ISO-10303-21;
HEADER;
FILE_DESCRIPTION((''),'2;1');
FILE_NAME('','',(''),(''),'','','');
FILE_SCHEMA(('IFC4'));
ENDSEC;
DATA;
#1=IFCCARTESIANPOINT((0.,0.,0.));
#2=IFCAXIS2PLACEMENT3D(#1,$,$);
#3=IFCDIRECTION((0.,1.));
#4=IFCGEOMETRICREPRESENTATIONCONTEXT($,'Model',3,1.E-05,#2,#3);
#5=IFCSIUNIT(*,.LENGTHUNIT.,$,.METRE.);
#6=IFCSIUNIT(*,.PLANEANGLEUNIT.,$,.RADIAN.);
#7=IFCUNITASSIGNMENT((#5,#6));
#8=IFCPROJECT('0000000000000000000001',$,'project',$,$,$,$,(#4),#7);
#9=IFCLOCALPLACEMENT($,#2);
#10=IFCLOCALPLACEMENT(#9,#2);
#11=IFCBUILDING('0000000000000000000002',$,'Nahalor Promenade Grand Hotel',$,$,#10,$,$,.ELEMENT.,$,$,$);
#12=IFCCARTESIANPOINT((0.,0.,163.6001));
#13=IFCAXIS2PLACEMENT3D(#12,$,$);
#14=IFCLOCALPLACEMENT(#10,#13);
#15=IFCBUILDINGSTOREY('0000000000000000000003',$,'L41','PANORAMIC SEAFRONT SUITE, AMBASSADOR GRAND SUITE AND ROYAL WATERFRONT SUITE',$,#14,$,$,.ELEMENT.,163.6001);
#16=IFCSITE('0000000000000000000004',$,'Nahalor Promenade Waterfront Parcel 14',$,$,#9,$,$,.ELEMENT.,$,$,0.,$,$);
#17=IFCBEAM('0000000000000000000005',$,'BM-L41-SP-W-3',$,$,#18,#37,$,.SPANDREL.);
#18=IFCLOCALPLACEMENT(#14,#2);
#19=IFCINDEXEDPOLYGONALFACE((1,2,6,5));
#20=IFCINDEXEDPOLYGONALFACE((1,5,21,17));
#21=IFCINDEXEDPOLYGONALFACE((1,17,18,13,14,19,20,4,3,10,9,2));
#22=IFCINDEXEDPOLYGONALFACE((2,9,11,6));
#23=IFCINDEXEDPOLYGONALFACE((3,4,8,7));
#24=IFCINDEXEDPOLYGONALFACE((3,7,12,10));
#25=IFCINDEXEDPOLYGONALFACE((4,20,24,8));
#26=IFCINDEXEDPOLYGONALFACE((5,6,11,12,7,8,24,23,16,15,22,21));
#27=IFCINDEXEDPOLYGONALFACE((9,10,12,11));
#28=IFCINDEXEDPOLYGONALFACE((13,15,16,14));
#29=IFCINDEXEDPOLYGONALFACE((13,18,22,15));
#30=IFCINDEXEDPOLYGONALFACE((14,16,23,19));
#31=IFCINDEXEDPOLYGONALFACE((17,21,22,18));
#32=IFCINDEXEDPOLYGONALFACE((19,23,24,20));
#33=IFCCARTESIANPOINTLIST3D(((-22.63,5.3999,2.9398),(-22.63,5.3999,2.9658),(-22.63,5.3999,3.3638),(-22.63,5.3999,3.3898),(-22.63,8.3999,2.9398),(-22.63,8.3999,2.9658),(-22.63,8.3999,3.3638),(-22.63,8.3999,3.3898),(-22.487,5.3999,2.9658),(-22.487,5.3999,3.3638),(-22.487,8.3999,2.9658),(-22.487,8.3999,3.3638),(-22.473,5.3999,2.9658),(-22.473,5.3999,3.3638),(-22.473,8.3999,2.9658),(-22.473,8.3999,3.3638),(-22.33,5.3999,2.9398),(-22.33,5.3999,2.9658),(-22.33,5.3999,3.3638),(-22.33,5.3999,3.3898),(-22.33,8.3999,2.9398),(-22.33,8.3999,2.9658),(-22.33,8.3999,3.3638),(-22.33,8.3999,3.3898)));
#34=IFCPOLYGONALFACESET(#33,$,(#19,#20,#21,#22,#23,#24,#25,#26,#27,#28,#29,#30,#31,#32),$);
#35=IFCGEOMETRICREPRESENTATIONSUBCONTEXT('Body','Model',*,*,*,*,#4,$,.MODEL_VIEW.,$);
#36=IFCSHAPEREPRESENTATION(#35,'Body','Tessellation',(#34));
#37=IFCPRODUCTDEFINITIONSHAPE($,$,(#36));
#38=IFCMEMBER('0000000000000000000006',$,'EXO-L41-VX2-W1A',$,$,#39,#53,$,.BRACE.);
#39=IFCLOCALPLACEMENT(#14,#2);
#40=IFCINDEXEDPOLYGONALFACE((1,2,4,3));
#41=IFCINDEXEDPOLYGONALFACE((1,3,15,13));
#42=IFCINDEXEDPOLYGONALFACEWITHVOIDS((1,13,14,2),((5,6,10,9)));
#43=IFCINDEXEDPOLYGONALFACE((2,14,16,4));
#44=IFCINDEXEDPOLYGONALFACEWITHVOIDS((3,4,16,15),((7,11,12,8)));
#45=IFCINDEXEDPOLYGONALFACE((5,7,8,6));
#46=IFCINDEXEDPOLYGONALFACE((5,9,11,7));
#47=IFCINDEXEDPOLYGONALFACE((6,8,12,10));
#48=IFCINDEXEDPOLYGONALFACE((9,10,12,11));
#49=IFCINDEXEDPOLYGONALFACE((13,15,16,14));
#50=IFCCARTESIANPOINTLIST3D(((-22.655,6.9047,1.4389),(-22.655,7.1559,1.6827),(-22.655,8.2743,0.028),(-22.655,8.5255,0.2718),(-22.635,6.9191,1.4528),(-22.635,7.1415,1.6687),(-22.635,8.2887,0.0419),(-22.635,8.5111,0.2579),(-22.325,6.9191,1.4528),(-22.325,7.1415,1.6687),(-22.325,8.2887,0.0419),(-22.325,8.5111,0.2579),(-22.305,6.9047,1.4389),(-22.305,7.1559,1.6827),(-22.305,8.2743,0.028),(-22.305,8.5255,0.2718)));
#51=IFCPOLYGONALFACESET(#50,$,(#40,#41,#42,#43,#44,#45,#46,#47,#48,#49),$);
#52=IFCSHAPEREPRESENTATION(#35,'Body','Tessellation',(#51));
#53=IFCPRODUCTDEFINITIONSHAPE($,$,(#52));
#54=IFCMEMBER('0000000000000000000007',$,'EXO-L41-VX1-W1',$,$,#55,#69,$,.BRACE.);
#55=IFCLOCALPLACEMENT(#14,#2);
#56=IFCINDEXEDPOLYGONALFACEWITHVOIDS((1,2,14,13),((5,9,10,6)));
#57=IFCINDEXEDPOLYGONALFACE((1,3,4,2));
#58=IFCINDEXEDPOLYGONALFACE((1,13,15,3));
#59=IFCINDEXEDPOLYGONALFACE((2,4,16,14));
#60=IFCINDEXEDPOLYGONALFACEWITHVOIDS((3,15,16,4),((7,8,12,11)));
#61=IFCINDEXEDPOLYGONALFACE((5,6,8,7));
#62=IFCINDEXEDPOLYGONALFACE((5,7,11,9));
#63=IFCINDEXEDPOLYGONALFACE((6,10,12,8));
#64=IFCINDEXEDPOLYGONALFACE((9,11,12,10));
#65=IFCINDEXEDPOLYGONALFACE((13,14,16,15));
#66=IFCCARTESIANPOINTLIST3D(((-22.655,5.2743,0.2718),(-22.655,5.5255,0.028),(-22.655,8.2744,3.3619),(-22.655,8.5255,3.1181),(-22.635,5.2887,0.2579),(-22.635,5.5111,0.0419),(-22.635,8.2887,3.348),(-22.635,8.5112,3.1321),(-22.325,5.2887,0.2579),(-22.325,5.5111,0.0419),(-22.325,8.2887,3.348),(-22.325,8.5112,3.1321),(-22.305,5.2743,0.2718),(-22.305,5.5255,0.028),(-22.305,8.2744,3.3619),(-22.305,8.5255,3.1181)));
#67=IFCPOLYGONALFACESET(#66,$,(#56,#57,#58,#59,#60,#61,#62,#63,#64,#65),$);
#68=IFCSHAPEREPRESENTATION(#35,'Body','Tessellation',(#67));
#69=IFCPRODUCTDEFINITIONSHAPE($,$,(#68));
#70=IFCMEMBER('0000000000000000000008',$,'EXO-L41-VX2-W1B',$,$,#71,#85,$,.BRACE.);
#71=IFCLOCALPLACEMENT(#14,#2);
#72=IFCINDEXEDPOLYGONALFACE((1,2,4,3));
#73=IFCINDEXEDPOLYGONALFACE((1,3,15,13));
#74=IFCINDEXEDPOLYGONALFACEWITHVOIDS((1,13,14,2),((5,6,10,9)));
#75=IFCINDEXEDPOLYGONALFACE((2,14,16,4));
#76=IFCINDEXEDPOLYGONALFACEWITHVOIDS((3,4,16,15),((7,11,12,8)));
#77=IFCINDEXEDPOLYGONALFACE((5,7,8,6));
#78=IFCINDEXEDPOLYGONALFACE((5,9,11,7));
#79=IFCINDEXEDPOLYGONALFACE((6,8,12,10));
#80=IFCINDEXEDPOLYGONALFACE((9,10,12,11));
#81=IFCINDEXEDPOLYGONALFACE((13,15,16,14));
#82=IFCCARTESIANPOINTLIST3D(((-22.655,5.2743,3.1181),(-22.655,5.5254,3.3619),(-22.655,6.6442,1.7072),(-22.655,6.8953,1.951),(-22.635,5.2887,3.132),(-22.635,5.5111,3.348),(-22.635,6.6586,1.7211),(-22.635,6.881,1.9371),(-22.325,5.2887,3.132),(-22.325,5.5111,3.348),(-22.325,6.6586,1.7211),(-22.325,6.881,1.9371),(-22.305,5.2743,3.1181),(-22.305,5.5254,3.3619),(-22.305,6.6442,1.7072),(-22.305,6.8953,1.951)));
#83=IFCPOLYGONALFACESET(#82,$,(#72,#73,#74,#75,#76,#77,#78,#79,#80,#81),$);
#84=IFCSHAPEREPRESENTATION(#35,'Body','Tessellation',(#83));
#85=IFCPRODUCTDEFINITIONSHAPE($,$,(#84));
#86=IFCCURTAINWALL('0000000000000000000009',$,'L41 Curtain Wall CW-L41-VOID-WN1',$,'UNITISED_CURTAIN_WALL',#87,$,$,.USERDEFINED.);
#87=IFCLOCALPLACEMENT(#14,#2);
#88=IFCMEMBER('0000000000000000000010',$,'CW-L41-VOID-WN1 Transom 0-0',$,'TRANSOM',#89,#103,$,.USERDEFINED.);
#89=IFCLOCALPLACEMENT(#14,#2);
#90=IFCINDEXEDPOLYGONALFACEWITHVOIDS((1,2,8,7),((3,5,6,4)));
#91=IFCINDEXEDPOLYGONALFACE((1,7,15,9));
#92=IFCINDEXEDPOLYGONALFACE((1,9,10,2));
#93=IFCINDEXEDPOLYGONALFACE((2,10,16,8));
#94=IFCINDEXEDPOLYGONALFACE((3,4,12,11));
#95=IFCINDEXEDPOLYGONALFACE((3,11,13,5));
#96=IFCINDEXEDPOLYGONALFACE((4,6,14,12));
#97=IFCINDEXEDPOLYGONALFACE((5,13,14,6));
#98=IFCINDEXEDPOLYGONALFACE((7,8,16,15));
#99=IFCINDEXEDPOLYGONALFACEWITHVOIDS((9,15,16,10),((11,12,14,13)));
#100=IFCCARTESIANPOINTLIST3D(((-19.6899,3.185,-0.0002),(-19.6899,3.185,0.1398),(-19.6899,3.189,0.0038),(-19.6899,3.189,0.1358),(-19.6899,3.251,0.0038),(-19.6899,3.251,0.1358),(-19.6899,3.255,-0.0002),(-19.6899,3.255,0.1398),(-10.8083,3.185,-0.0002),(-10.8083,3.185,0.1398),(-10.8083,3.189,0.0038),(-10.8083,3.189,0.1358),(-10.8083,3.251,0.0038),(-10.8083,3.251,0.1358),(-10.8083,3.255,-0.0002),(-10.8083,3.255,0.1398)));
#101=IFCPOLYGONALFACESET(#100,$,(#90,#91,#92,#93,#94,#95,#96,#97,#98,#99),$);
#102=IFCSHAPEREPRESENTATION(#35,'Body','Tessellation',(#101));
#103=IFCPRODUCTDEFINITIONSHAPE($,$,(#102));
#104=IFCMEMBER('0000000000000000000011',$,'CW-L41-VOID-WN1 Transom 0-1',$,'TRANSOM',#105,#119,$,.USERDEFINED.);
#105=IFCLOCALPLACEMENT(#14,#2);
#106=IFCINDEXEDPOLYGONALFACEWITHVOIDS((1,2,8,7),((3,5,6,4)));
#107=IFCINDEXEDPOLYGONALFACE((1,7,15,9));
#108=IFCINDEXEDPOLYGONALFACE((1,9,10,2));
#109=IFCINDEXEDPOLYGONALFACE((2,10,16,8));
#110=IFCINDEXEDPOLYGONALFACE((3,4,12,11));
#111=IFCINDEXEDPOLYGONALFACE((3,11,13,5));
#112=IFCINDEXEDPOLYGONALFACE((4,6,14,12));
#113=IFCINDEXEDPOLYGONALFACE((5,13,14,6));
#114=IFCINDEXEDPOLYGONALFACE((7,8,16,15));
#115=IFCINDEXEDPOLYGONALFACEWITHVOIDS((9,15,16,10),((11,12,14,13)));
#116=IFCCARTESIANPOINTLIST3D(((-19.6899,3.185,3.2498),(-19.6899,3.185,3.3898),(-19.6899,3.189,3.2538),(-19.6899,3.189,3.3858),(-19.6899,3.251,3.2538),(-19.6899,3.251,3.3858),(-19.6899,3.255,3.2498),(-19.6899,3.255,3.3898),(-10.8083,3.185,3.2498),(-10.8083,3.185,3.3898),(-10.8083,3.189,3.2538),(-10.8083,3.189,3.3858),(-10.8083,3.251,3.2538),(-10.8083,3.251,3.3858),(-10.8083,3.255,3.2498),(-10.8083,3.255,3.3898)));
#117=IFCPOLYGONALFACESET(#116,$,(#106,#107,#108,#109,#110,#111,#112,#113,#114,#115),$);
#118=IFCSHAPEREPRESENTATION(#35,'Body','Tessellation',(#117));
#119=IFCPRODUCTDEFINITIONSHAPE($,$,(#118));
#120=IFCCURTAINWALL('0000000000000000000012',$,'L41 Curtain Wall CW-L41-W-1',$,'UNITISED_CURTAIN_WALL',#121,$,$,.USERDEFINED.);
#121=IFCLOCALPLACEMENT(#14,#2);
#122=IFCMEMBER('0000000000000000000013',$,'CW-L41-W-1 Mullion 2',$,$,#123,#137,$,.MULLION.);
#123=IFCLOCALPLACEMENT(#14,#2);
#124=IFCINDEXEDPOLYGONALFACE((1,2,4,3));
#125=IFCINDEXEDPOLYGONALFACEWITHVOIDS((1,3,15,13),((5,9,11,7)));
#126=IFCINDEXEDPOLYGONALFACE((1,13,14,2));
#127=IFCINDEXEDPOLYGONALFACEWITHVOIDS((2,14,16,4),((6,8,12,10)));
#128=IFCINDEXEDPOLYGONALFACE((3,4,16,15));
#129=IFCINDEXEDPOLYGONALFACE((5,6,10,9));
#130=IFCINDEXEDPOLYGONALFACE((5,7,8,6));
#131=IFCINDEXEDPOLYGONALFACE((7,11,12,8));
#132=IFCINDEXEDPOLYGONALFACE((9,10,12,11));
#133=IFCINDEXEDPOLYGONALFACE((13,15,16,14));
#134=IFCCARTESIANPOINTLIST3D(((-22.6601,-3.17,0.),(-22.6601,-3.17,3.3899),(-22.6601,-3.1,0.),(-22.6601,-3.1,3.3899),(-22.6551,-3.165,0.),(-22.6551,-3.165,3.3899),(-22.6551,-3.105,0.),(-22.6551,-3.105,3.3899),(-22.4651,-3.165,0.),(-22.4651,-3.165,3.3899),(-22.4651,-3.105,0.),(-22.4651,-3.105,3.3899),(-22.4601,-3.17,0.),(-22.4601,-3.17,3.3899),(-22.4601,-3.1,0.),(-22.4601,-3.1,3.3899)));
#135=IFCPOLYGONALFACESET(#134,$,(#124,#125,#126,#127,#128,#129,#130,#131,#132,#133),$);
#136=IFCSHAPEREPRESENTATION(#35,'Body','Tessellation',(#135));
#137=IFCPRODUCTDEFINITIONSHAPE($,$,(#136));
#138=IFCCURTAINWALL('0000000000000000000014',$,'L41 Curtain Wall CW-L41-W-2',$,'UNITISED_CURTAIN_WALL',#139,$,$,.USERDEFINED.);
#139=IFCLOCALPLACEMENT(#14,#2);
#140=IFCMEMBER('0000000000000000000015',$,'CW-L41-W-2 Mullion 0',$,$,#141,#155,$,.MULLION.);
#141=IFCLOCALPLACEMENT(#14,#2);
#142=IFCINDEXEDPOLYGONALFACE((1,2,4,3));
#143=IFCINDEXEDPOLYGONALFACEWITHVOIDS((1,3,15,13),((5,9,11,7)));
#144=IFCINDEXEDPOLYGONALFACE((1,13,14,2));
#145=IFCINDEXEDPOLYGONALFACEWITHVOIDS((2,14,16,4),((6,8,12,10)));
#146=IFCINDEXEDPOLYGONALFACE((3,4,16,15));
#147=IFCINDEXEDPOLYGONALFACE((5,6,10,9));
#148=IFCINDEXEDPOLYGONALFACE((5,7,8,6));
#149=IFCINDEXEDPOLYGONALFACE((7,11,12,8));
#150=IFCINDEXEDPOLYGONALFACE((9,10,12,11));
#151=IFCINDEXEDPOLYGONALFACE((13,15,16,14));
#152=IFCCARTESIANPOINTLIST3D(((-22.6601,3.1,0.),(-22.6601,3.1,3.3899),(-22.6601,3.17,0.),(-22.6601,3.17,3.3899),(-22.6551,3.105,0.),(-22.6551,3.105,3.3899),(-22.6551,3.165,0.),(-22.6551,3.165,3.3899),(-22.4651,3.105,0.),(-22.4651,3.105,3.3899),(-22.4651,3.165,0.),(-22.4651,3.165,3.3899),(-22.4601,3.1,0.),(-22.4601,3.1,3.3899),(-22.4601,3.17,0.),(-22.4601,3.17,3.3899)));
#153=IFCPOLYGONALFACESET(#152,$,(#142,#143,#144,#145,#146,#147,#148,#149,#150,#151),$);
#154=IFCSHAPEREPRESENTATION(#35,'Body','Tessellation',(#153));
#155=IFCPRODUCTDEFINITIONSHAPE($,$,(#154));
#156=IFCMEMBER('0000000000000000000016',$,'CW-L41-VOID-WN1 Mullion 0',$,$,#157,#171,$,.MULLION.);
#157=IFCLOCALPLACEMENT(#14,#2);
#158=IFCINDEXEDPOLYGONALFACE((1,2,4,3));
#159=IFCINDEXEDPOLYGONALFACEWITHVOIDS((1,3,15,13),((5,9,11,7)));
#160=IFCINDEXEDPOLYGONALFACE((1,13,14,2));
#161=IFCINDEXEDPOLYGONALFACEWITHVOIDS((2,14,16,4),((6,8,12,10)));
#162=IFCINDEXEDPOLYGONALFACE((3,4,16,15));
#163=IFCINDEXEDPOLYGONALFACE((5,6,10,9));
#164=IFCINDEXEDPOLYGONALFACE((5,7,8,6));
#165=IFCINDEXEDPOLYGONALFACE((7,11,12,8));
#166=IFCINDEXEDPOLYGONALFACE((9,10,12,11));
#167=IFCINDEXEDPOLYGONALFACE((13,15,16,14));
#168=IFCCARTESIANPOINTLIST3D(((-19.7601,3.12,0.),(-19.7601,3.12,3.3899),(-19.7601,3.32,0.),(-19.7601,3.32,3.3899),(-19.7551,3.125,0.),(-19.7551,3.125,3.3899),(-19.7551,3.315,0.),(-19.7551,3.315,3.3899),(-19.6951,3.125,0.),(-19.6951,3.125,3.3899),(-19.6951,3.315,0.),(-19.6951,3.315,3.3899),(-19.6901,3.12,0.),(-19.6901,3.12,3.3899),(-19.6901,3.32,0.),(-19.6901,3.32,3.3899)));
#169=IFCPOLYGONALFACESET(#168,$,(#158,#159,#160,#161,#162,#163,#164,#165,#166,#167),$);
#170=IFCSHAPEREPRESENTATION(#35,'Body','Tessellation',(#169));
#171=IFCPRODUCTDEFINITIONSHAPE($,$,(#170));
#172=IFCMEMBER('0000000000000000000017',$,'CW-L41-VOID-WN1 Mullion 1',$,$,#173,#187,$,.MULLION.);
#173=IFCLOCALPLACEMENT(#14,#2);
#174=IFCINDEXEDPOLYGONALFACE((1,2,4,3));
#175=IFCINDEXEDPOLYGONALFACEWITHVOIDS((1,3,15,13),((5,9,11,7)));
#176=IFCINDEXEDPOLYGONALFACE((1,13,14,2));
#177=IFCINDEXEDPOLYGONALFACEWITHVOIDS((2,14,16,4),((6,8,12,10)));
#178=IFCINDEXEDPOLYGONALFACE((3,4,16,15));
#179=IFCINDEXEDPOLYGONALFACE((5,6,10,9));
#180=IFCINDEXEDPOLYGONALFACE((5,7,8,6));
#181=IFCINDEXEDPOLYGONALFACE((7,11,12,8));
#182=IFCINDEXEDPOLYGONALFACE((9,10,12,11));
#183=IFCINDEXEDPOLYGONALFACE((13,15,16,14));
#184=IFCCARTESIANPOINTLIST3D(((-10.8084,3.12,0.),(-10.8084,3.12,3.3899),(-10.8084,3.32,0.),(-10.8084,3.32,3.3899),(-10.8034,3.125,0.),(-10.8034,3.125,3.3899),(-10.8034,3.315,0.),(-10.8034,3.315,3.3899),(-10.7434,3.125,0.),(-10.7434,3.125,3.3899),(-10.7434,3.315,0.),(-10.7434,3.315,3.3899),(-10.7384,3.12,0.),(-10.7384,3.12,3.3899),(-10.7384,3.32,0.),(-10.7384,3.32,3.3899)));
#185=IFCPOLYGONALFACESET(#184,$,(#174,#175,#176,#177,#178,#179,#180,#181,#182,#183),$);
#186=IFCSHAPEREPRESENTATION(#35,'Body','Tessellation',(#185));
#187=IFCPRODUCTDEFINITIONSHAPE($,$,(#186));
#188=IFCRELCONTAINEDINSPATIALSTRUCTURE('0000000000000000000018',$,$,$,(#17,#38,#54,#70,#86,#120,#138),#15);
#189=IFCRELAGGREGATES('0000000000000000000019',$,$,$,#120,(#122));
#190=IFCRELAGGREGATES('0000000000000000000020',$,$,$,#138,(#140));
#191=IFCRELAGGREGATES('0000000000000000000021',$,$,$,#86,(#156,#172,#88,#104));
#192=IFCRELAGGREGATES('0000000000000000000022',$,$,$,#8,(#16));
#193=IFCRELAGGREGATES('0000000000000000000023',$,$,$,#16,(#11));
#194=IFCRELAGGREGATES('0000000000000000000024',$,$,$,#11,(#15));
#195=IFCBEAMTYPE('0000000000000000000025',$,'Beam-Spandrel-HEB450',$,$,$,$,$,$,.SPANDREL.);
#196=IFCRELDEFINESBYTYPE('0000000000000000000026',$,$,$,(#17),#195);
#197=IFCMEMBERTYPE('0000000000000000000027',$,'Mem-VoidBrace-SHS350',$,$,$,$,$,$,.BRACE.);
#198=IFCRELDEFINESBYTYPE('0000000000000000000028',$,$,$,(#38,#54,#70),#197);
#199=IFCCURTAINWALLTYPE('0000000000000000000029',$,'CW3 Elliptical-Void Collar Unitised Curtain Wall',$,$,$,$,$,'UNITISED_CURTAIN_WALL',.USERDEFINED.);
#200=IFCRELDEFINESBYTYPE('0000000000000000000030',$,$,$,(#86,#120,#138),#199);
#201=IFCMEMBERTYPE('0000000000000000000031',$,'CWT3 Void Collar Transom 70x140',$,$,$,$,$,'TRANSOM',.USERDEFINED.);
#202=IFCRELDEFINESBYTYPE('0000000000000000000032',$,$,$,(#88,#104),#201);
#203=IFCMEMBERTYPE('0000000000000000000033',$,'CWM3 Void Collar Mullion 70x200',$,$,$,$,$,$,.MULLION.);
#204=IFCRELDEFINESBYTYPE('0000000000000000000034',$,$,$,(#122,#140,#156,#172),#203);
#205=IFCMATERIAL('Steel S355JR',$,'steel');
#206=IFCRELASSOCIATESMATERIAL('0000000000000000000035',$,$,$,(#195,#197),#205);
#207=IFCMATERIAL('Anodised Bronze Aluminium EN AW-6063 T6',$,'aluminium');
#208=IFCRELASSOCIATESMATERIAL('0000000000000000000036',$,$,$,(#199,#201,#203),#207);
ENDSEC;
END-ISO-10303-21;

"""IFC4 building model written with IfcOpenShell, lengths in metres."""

from ifc_helpers import new_model, si_unit, direction, frame, origin, origin_2d, place, context, subcontext, project, spatial, hollow_rectangle, i_section, extrude, source, transform, mapped, material, material_profile, profile_set, type_object, element, aggregate, save


model = new_model("IFC4")

# Units and contexts
model_context = context("Model", 3, precision=1e-05, world=origin(), true_north=direction((0.0, 1.0)))
body_context = subcontext(model_context, "Body", "Model", "MODEL_VIEW")
ifc_project = project(units=[si_unit("LENGTHUNIT", "METRE"), si_unit("PLANEANGLEUNIT", "RADIAN")], contexts=[model_context])

# Site, building, storey
site_placement = place(None, origin())
site = spatial("IfcSite", under=ifc_project, at=site_placement, Name="Nahalor Promenade Waterfront Parcel 14", CompositionType="ELEMENT", RefElevation=0.0)
building_placement = place(site_placement, origin())
building = spatial("IfcBuilding", under=site, at=building_placement, Name="Nahalor Promenade Grand Hotel", CompositionType="ELEMENT")
storey_placement = place(building_placement, frame((0.0, 0.0, 163.6001)))
storey = spatial("IfcBuildingStorey", under=building, at=storey_placement, Name="L41", Description="PANORAMIC SEAFRONT SUITE, AMBASSADOR GRAND SUITE AND ROYAL WATERFRONT SUITE", CompositionType="ELEMENT", Elevation=163.6001)

# Beam
ifc_material_1 = material(Name="Steel S355JR", Category="steel")
ifc_material_profile_1 = material_profile(ifc_material_1, i_section(OverallWidth=0.3, OverallDepth=0.45, WebThickness=0.014, FlangeThickness=0.026, at=origin_2d()), Name="HEB 450")
ifc_profile_set_1 = profile_set([ifc_material_profile_1], Name="Steel S355JR")
beam_type_1 = type_object("IfcBeamType", Name="Beam-Spandrel-HEB450", PredefinedType="SPANDREL", material=ifc_profile_set_1)
shared_shape_1 = source(origin(), body_context, "Body", "SweptSolid", [
    extrude(i_section(OverallWidth=0.3, OverallDepth=0.45, WebThickness=0.014, FlangeThickness=0.026, at=origin_2d()), origin(), (0.0, 0.0, 1.0), 3.0),
])
beam_1_placement = place(storey_placement, frame((-22.48, 5.3999, 3.1648), z_axis=(0.0, 1.0, 0.0), x_axis=(-1.0, 0.0, 0.0)))
element("IfcBeam", 1, at=beam_1_placement, inside=storey, type_object=beam_type_1, Name="BM-L41-SP-W-3", PredefinedType="SPANDREL", context=body_context, shape_type="MappedRepresentation", body=[
    mapped(shared_shape_1, transform((0.0, 0.0, 0.0), scale=1.0)),
])

# Members
ifc_material_profile_2 = material_profile(ifc_material_1, hollow_rectangle(XDim=0.35, YDim=0.35, WallThickness=0.02, at=origin_2d()), Name="SHS 350x350x20")
ifc_profile_set_2 = profile_set([ifc_material_profile_2], Name="Steel S355JR")
member_type_1 = type_object("IfcMemberType", Name="Mem-VoidBrace-SHS350", PredefinedType="BRACE", material=ifc_profile_set_2)
shared_shape_2 = source(origin(), body_context, "Body", "SweptSolid", [
    extrude(hollow_rectangle(XDim=0.35, YDim=0.35, WallThickness=0.02, at=origin_2d()), origin(), (0.0, 0.0, 1.0), 1.9663),
])
member_1_placement = place(storey_placement, frame((-22.48, 8.3999, 0.1499), z_axis=(0.0, -0.696537, 0.71752), x_axis=(1.0, 0.0, 0.0)))
element("IfcMember", 2, at=member_1_placement, inside=storey, type_object=member_type_1, Name="EXO-L41-VX2-W1A", PredefinedType="BRACE", context=body_context, shape_type="MappedRepresentation", body=[
    mapped(shared_shape_2, transform((0.0, 0.0, 0.0), scale=1.0)),
])
shared_shape_3 = source(origin(), body_context, "Body", "SweptSolid", [
    extrude(hollow_rectangle(XDim=0.35, YDim=0.35, WallThickness=0.02, at=origin_2d()), origin(), (0.0, 0.0, 1.0), 4.3069),
])
member_2_placement = place(storey_placement, frame((-22.48, 5.3999, 0.1499), z_axis=(0.0, 0.696571, 0.717488), x_axis=(-1.0, 0.0, 0.0)))
element("IfcMember", 3, at=member_2_placement, inside=storey, type_object=member_type_1, Name="EXO-L41-VX1-W1", PredefinedType="BRACE", context=body_context, shape_type="MappedRepresentation", body=[
    mapped(shared_shape_3, transform((0.0, 0.0, 0.0), scale=1.0)),
])
shared_shape_4 = source(origin(), body_context, "Body", "SweptSolid", [
    extrude(hollow_rectangle(XDim=0.35, YDim=0.35, WallThickness=0.02, at=origin_2d()), origin(), (0.0, 0.0, 1.0), 1.9666),
])
member_3_placement = place(storey_placement, frame((-22.48, 6.7698, 1.8291), z_axis=(0.0, -0.696601, 0.717458), x_axis=(1.0, 0.0, 0.0)))
element("IfcMember", 4, at=member_3_placement, inside=storey, type_object=member_type_1, Name="EXO-L41-VX2-W1B", PredefinedType="BRACE", context=body_context, shape_type="MappedRepresentation", body=[
    mapped(shared_shape_4, transform((0.0, 0.0, 0.0), scale=1.0)),
])

# Curtain wall, members
ifc_material_2 = material(Name="Anodised Bronze Aluminium EN AW-6063 T6", Category="aluminium")
curtain_wall_type = type_object("IfcCurtainWallType", Name="CW3 Elliptical-Void Collar Unitised Curtain Wall", ElementType="UNITISED_CURTAIN_WALL", PredefinedType="USERDEFINED", material=ifc_material_2)
curtain_wall_1_placement = place(storey_placement, origin())
curtain_wall_1 = element("IfcCurtainWall", 5, at=curtain_wall_1_placement, inside=storey, type_object=curtain_wall_type, Name="L41 Curtain Wall CW-L41-VOID-WN1", ObjectType="UNITISED_CURTAIN_WALL", PredefinedType="USERDEFINED")
ifc_material_profile_3 = material_profile(ifc_material_2, hollow_rectangle(XDim=0.07, YDim=0.14, WallThickness=0.004, at=origin_2d()), Name="CWT 70x140x4")
ifc_profile_set_3 = profile_set([ifc_material_profile_3], Name="Anodised Bronze Aluminium EN AW-6063 T6")
member_type_2 = type_object("IfcMemberType", Name="CWT3 Void Collar Transom 70x140", ElementType="TRANSOM", PredefinedType="USERDEFINED", material=ifc_profile_set_3)
shared_shape_5 = source(origin(), body_context, "Body", "SweptSolid", [
    extrude(hollow_rectangle(XDim=0.07, YDim=0.14, WallThickness=0.004, at=origin_2d()), origin(), (0.0, 0.0, 1.0), 8.8816),
])
member_4_placement = place(storey_placement, frame((-19.6899, 3.22, 0.0698), z_axis=(1.0, 0.0, 0.0), x_axis=(0.0, 1.0, 0.0)))
member_4 = element("IfcMember", 6, at=member_4_placement, type_object=member_type_2, Name="CW-L41-VOID-WN1 Transom 0-0", ObjectType="TRANSOM", PredefinedType="USERDEFINED", context=body_context, shape_type="MappedRepresentation", body=[
    mapped(shared_shape_5, transform((0.0, 0.0, 0.0), scale=1.0)),
])
member_5_placement = place(storey_placement, frame((-19.6899, 3.22, 3.3198), z_axis=(1.0, 0.0, 0.0), x_axis=(0.0, 1.0, 0.0)))
member_5 = element("IfcMember", 7, at=member_5_placement, type_object=member_type_2, Name="CW-L41-VOID-WN1 Transom 0-1", ObjectType="TRANSOM", PredefinedType="USERDEFINED", context=body_context, shape_type="MappedRepresentation", body=[
    mapped(shared_shape_5, transform((0.0, 0.0, 0.0), scale=1.0)),
])

# Curtain walls, members
curtain_wall_2_placement = place(storey_placement, origin())
curtain_wall_2 = element("IfcCurtainWall", 8, at=curtain_wall_2_placement, inside=storey, type_object=curtain_wall_type, Name="L41 Curtain Wall CW-L41-W-1", ObjectType="UNITISED_CURTAIN_WALL", PredefinedType="USERDEFINED")
ifc_material_profile_4 = material_profile(ifc_material_2, hollow_rectangle(XDim=0.07, YDim=0.2, WallThickness=0.005, at=origin_2d()), Name="CWM 70x200x5")
ifc_profile_set_4 = profile_set([ifc_material_profile_4], Name="Anodised Bronze Aluminium EN AW-6063 T6")
member_type_3 = type_object("IfcMemberType", Name="CWM3 Void Collar Mullion 70x200", PredefinedType="MULLION", material=ifc_profile_set_4)
shared_shape_6 = source(origin(), body_context, "Body", "SweptSolid", [
    extrude(hollow_rectangle(XDim=0.07, YDim=0.2, WallThickness=0.005, at=origin_2d()), origin(), (0.0, 0.0, 1.0), 3.3899),
])
member_6_placement = place(storey_placement, frame((-22.5601, -3.135, 0.0), z_axis=(0.0, 0.0, 1.0), x_axis=(0.0, 1.0, 0.0)))
member_6 = element("IfcMember", 9, at=member_6_placement, type_object=member_type_3, Name="CW-L41-W-1 Mullion 2", PredefinedType="MULLION", context=body_context, shape_type="MappedRepresentation", body=[
    mapped(shared_shape_6, transform((0.0, 0.0, 0.0), scale=1.0)),
])
aggregate(curtain_wall_2, [member_6])
curtain_wall_3_placement = place(storey_placement, origin())
curtain_wall_3 = element("IfcCurtainWall", 10, at=curtain_wall_3_placement, inside=storey, type_object=curtain_wall_type, Name="L41 Curtain Wall CW-L41-W-2", ObjectType="UNITISED_CURTAIN_WALL", PredefinedType="USERDEFINED")
member_7_placement = place(storey_placement, frame((-22.5601, 3.135, 0.0), z_axis=(0.0, 0.0, 1.0), x_axis=(0.0, 1.0, 0.0)))
member_7 = element("IfcMember", 11, at=member_7_placement, type_object=member_type_3, Name="CW-L41-W-2 Mullion 0", PredefinedType="MULLION", context=body_context, shape_type="MappedRepresentation", body=[
    mapped(shared_shape_6, transform((0.0, 0.0, 0.0), scale=1.0)),
])

# Members
member_8_placement = place(storey_placement, frame((-19.7251, 3.22, 0.0), z_axis=(0.0, 0.0, 1.0), x_axis=(1.0, 0.0, 0.0)))
member_8 = element("IfcMember", 12, at=member_8_placement, type_object=member_type_3, Name="CW-L41-VOID-WN1 Mullion 0", PredefinedType="MULLION", context=body_context, shape_type="MappedRepresentation", body=[
    mapped(shared_shape_6, transform((0.0, 0.0, 0.0), scale=1.0)),
])
member_9_placement = place(storey_placement, frame((-10.7734, 3.22, 0.0), z_axis=(0.0, 0.0, 1.0), x_axis=(1.0, 0.0, 0.0)))
member_9 = element("IfcMember", 13, at=member_9_placement, type_object=member_type_3, Name="CW-L41-VOID-WN1 Mullion 1", PredefinedType="MULLION", context=body_context, shape_type="MappedRepresentation", body=[
    mapped(shared_shape_6, transform((0.0, 0.0, 0.0), scale=1.0)),
])

aggregate(curtain_wall_3, [member_7])
aggregate(curtain_wall_1, [member_8, member_9, member_4, member_5])

save(model, "model.ifc")
